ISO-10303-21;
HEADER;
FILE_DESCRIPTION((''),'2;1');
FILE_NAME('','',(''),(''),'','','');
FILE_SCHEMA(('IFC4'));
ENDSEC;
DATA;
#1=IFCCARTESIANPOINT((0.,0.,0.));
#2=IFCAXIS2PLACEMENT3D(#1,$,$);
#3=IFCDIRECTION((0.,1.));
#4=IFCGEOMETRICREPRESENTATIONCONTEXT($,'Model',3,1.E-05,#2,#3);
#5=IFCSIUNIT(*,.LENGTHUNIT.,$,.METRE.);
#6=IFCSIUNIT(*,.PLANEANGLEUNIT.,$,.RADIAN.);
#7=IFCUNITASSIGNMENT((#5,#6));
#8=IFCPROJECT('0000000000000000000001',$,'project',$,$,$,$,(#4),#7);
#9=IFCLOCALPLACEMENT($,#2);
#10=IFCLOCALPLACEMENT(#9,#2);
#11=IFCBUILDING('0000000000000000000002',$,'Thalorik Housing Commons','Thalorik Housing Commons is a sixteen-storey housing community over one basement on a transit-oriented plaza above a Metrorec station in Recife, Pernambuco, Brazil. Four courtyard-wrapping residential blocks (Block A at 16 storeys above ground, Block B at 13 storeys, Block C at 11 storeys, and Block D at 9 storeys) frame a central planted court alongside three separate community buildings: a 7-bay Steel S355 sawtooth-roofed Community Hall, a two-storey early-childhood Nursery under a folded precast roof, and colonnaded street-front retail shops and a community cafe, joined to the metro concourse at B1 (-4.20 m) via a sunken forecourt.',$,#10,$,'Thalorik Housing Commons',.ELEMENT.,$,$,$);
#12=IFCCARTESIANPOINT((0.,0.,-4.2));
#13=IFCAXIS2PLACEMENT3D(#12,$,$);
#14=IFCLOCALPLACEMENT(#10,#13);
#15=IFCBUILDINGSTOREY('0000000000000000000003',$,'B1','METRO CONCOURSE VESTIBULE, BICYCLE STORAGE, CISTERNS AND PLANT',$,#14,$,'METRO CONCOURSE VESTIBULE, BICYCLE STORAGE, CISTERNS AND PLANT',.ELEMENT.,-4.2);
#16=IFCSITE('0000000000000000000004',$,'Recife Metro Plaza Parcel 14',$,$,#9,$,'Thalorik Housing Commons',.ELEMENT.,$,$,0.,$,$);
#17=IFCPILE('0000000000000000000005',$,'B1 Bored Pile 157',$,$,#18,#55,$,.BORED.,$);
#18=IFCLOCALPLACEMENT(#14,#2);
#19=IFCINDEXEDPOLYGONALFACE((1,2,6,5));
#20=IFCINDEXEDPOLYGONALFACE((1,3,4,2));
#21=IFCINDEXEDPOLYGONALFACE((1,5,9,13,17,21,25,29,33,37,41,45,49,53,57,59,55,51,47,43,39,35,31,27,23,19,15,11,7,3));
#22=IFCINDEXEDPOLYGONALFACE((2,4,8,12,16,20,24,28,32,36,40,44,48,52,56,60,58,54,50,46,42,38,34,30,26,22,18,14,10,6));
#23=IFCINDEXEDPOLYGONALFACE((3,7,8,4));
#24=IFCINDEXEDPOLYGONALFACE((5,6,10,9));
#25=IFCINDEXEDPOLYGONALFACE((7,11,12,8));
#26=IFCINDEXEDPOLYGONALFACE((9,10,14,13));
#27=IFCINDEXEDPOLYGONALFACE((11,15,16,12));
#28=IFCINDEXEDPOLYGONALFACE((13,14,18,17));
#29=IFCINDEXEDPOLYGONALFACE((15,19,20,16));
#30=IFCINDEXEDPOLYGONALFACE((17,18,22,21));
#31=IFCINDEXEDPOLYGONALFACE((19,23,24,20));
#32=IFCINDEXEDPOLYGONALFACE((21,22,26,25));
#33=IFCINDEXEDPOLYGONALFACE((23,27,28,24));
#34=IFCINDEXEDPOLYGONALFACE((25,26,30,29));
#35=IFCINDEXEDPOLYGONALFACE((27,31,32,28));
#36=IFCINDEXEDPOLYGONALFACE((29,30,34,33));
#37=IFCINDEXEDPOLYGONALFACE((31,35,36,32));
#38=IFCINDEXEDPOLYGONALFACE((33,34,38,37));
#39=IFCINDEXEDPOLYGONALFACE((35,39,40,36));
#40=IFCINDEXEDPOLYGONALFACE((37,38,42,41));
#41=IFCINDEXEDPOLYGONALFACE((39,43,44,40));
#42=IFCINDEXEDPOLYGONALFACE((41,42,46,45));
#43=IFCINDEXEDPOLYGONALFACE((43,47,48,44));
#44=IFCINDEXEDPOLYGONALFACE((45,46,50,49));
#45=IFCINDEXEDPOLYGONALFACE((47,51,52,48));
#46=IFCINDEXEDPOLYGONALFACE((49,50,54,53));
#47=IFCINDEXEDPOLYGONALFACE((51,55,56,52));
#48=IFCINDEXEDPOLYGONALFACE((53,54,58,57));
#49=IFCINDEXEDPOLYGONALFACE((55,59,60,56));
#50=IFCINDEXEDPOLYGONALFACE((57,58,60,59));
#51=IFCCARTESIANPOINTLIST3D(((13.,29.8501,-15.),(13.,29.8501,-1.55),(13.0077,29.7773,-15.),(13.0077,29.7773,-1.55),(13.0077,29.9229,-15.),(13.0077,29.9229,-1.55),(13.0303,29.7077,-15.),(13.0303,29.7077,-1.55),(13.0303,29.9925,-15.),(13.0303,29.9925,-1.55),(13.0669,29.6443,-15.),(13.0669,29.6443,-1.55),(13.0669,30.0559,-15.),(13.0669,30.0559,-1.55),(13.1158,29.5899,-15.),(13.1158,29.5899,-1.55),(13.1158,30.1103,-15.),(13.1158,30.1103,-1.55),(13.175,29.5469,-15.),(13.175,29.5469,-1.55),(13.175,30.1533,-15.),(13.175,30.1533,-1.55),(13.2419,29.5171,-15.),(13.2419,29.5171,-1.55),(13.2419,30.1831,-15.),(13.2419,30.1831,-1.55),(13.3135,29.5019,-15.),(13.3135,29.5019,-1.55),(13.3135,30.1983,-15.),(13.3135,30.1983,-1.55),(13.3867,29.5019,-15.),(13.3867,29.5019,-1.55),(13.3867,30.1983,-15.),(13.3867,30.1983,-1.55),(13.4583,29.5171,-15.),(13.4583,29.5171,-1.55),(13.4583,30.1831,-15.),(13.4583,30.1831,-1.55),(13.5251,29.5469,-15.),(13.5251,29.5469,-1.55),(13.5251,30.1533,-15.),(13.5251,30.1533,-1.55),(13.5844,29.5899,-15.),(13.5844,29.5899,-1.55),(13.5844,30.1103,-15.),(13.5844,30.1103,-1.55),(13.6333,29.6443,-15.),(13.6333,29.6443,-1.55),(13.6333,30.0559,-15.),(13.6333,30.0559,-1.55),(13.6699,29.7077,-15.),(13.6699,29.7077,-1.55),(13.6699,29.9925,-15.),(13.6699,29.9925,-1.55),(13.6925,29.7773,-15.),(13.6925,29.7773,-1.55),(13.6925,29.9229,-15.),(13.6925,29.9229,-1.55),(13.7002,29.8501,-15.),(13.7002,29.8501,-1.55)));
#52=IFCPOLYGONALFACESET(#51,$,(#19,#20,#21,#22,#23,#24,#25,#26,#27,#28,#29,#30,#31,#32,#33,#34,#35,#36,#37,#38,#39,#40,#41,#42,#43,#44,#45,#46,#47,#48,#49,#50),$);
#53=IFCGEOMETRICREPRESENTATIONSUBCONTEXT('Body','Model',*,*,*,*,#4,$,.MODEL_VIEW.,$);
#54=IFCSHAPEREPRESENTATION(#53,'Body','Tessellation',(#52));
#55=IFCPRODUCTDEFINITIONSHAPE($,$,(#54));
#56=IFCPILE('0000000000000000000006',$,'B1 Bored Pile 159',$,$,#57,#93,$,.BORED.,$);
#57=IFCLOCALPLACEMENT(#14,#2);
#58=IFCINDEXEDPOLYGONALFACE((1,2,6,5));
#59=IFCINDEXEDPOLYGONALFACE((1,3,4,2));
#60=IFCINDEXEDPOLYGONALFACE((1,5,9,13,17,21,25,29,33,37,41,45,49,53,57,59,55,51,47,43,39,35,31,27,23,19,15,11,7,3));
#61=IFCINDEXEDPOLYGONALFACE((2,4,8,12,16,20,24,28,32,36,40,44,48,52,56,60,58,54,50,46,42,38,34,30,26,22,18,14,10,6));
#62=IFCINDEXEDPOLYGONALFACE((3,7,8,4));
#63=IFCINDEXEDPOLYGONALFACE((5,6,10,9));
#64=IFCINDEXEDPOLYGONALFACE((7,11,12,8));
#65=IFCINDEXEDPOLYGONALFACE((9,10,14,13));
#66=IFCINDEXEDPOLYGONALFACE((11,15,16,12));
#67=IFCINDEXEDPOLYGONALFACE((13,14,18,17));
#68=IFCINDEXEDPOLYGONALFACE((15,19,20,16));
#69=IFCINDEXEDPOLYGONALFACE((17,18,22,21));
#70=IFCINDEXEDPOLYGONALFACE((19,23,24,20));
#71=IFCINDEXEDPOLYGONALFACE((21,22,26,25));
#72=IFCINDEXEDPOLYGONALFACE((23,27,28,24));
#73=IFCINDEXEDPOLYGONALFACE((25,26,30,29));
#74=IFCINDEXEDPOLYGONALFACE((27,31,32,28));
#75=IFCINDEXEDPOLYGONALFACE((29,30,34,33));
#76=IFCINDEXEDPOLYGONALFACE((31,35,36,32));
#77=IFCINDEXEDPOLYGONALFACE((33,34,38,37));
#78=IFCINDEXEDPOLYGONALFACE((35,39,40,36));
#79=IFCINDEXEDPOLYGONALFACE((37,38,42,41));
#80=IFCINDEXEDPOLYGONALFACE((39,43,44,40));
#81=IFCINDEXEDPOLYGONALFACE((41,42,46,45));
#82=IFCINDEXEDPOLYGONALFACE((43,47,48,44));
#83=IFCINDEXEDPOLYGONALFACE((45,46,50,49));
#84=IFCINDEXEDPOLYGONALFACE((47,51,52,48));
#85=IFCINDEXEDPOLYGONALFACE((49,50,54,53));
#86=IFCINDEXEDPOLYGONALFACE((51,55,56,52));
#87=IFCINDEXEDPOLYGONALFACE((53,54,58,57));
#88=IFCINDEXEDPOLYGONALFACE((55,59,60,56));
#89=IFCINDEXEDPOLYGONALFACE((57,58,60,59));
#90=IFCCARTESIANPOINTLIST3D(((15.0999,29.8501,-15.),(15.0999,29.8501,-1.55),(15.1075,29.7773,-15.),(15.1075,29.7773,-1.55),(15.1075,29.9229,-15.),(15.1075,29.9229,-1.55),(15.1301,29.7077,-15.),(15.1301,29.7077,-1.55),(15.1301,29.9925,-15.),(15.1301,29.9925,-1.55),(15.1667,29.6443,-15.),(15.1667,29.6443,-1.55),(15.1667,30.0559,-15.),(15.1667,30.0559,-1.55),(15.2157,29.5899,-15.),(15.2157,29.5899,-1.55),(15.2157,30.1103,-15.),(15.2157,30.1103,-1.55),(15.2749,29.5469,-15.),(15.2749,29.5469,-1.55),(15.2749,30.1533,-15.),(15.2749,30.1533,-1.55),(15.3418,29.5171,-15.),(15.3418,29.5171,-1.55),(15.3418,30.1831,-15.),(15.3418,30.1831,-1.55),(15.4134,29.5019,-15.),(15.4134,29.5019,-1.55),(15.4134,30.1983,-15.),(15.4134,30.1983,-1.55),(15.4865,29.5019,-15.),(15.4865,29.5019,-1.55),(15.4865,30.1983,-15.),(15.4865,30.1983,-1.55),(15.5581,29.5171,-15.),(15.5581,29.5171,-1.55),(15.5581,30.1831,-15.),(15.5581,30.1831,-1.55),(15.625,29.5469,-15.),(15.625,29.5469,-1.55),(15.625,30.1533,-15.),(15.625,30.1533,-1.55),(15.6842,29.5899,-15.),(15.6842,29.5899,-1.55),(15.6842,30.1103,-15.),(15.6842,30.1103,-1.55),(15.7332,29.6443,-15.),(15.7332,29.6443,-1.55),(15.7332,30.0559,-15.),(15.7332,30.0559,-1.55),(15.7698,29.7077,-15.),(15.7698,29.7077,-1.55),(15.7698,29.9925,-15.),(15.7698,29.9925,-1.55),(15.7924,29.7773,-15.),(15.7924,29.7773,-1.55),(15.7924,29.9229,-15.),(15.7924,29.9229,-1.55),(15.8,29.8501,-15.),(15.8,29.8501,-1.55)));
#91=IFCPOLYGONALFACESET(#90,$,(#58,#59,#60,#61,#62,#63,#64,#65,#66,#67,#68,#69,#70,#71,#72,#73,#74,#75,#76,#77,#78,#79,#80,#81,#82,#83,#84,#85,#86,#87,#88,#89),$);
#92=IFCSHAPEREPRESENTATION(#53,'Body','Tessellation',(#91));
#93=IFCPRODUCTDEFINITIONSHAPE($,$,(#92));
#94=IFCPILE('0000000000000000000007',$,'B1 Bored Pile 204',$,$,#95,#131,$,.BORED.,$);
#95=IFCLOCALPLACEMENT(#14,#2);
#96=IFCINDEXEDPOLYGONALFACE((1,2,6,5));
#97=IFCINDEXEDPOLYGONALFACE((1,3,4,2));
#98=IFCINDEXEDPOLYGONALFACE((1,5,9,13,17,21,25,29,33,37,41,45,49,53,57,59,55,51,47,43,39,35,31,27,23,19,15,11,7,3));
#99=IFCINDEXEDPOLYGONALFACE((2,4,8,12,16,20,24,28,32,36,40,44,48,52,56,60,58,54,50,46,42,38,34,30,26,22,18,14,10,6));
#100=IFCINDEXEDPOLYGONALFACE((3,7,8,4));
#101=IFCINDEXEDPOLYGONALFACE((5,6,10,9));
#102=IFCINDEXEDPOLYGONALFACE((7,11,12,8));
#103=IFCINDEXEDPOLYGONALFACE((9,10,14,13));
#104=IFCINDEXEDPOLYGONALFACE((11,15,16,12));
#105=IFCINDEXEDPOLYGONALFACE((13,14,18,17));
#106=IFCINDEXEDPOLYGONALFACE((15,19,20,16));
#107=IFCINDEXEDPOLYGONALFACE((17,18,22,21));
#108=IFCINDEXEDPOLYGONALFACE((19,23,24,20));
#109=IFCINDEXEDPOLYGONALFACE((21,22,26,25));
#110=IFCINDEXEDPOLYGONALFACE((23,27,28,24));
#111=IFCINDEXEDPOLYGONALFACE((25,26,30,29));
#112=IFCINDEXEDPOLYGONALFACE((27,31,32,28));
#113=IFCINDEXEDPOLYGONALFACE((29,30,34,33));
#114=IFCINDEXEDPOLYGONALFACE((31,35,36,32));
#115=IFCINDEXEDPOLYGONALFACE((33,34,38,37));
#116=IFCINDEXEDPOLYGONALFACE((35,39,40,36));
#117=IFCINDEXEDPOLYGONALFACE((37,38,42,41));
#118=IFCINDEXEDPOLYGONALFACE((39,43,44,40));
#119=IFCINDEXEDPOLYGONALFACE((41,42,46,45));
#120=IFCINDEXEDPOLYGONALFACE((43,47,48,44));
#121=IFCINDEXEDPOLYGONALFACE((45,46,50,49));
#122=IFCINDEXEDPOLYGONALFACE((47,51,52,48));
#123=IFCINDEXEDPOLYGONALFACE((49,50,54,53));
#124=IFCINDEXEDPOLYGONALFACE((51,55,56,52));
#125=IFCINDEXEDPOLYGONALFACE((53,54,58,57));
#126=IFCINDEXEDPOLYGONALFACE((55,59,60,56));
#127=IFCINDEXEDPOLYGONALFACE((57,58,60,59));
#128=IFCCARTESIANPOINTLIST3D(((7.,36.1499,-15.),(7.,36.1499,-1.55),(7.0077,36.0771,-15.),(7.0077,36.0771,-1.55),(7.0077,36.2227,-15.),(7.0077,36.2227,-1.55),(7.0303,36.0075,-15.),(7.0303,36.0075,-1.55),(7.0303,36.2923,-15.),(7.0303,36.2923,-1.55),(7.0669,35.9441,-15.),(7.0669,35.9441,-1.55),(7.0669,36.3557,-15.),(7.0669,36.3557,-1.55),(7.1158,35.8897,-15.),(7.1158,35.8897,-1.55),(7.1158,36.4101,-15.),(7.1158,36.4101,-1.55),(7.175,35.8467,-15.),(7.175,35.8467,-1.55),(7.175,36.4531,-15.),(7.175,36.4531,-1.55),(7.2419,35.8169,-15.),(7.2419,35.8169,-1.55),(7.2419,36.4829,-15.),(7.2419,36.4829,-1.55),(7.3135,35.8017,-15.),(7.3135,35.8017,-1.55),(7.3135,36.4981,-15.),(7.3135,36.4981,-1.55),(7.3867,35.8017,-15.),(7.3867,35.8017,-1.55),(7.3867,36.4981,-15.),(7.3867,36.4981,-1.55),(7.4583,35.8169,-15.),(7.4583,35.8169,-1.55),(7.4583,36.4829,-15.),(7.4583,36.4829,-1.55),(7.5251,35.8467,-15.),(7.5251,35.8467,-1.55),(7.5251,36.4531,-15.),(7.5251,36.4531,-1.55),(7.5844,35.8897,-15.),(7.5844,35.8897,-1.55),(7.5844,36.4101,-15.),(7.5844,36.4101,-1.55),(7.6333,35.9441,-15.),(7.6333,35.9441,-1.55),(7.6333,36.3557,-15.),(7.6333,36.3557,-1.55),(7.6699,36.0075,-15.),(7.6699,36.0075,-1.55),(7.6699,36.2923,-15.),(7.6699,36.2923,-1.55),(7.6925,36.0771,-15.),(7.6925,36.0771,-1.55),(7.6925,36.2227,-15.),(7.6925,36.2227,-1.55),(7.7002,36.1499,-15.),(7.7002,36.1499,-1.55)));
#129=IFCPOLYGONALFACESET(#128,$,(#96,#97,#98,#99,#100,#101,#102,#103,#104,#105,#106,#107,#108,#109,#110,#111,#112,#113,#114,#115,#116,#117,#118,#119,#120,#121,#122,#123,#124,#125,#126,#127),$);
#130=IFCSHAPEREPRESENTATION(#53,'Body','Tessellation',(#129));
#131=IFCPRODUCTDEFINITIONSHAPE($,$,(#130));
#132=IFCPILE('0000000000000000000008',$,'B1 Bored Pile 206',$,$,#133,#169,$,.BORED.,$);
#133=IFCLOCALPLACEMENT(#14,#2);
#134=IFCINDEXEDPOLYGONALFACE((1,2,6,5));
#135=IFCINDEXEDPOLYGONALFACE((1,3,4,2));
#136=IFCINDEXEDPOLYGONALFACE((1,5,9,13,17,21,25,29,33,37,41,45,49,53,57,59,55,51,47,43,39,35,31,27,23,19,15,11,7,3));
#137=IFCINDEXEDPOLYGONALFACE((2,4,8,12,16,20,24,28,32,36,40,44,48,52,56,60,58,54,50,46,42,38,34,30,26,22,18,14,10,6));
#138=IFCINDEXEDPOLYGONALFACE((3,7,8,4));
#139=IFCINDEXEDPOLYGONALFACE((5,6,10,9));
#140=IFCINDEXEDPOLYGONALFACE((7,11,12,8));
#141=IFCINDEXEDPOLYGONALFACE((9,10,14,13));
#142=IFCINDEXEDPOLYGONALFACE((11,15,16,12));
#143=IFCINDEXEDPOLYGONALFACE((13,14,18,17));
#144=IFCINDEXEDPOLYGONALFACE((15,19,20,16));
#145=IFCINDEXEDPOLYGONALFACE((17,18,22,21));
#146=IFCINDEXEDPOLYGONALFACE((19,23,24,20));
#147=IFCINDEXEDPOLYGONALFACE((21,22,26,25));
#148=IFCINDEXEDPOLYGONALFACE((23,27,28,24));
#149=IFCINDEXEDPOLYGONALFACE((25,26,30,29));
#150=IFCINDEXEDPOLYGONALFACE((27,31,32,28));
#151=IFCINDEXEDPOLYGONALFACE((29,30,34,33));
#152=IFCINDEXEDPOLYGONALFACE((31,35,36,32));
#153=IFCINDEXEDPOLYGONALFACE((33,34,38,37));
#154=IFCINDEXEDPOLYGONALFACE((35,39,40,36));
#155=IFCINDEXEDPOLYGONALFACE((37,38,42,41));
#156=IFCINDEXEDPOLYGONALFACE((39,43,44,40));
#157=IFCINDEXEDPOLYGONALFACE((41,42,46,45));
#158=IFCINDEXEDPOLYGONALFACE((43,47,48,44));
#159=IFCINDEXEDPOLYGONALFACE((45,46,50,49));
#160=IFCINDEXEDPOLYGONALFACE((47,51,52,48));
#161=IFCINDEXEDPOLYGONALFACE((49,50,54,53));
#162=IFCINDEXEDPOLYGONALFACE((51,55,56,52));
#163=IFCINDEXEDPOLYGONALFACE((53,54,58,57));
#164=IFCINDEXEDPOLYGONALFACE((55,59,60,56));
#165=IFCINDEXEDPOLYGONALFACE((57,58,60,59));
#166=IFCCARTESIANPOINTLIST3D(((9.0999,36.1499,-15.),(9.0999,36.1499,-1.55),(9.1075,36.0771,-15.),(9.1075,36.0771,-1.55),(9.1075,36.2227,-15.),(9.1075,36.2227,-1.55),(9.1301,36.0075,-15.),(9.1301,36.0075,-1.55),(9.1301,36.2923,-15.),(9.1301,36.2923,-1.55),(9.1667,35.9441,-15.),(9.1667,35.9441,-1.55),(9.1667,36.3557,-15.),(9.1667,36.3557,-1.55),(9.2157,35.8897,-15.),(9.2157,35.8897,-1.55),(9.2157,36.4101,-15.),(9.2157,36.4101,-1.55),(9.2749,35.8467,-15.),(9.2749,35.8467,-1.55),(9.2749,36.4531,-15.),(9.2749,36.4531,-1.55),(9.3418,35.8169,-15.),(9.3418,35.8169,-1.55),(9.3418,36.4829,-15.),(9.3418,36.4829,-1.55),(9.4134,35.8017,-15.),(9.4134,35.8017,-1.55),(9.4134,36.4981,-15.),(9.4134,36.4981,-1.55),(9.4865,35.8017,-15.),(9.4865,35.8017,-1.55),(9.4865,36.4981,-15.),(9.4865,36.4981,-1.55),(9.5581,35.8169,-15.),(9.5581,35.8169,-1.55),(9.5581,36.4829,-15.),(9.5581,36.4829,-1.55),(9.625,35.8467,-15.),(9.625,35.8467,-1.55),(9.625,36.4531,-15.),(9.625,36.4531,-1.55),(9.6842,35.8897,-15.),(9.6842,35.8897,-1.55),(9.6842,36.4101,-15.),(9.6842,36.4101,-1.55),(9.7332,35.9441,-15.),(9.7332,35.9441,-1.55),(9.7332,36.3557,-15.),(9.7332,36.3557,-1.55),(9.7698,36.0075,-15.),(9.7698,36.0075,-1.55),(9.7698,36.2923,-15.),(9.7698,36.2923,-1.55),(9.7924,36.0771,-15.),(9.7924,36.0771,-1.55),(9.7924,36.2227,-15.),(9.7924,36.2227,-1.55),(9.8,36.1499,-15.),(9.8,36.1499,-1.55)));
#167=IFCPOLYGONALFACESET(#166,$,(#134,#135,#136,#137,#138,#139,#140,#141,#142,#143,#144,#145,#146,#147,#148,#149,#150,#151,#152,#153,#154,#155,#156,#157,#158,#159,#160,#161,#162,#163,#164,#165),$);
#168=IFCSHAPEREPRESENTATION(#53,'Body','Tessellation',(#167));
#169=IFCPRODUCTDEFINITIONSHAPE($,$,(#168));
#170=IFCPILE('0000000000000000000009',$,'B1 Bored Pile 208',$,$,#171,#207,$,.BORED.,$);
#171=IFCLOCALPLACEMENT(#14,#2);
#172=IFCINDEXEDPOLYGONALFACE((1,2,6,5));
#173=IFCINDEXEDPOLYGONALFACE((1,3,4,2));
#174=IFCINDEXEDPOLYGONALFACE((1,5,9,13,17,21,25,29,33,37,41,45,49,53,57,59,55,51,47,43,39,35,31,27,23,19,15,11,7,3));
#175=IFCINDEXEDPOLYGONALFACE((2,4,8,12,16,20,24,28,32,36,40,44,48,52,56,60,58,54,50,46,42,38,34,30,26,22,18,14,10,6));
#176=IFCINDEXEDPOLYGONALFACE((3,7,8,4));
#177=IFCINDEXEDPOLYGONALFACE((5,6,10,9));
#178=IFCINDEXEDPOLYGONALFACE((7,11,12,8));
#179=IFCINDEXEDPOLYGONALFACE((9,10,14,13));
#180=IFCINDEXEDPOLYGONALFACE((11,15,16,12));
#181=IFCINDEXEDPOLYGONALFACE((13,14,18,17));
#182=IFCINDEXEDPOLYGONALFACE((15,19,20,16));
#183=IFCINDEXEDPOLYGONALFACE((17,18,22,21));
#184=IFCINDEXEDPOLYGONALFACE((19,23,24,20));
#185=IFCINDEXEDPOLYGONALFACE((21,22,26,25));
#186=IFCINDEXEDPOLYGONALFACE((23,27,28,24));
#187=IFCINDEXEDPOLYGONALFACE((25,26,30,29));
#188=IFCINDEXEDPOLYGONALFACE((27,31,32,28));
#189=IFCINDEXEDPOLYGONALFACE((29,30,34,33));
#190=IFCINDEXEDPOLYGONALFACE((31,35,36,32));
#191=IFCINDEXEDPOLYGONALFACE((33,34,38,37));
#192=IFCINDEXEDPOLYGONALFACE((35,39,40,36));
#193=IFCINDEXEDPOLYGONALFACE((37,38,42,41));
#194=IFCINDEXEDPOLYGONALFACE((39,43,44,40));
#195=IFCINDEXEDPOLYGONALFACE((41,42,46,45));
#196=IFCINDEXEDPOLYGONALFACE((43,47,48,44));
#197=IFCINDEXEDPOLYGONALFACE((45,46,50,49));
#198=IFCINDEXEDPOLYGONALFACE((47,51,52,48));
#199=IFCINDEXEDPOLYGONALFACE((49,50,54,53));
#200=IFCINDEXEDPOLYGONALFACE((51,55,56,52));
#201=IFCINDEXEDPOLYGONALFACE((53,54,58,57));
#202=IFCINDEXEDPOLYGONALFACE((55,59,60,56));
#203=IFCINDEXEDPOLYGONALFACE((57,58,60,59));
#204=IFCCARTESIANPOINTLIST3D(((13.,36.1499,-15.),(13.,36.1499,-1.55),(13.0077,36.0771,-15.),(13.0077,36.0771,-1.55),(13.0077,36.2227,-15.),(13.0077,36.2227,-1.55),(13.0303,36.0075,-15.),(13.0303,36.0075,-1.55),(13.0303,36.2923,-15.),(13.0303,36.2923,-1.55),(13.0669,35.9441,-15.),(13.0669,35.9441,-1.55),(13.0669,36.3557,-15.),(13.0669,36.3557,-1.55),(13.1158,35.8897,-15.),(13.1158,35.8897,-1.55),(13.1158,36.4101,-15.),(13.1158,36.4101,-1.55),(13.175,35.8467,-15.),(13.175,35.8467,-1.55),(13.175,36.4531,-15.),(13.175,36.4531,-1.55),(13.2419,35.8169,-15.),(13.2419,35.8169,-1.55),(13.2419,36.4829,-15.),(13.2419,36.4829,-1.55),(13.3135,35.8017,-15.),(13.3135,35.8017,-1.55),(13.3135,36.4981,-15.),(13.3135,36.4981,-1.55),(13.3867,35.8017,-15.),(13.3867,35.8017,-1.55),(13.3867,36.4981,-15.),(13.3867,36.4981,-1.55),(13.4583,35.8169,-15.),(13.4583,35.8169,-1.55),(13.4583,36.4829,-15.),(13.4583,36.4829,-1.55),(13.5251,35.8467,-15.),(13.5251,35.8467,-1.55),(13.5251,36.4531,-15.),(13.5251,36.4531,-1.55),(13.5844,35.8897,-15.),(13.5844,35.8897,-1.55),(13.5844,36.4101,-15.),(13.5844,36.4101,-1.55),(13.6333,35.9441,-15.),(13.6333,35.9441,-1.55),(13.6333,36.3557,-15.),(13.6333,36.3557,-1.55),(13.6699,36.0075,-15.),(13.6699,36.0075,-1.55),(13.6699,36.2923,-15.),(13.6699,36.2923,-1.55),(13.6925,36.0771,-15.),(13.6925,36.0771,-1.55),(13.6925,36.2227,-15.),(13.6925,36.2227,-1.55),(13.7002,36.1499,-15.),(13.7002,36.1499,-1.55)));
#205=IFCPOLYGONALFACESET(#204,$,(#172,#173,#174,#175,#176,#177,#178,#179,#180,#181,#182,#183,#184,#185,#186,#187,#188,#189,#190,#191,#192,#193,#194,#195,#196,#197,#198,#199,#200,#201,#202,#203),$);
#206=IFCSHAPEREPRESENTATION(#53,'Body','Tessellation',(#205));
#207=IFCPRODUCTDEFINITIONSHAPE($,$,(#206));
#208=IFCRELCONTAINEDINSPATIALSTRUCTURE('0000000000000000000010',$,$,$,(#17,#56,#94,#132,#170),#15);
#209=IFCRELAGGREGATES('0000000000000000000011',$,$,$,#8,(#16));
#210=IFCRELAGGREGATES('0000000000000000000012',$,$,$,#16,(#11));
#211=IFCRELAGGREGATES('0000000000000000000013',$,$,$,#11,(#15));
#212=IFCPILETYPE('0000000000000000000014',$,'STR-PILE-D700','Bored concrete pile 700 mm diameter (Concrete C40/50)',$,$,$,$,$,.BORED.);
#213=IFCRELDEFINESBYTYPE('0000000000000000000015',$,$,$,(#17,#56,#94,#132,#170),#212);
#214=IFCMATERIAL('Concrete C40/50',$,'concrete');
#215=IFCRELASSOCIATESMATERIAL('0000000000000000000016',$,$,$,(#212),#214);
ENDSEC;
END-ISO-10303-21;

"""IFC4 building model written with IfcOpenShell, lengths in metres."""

from ifc_helpers import new_model, si_unit, direction, frame, origin, origin_2d, place, context, subcontext, project, spatial, circle, extrude, material, material_profile, profile_set, type_object, element, save


model = new_model("IFC4")

# Units and contexts
model_context = context("Model", 3, precision=1e-05, world=origin(), true_north=direction((0.0, 1.0)))
body_context = subcontext(model_context, "Body", "Model", "MODEL_VIEW")
ifc_project = project(units=[si_unit("LENGTHUNIT", "METRE"), si_unit("PLANEANGLEUNIT", "RADIAN")], contexts=[model_context])

# Site, building, storey
site_placement = place(None, origin())
site = spatial("IfcSite", under=ifc_project, at=site_placement, Name="Recife Metro Plaza Parcel 14", LongName="Thalorik Housing Commons", CompositionType="ELEMENT", RefElevation=0.0)
building_placement = place(site_placement, origin())
building = spatial("IfcBuilding", under=site, at=building_placement, Name="Thalorik Housing Commons", Description="Thalorik Housing Commons is a sixteen-storey housing community over one basement on a transit-oriented plaza above a Metrorec station in Recife, Pernambuco, Brazil. Four courtyard-wrapping residential blocks (Block A at 16 storeys above ground, Block B at 13 storeys, Block C at 11 storeys, and Block D at 9 storeys) frame a central planted court alongside three separate community buildings: a 7-bay Steel S355 sawtooth-roofed Community Hall, a two-storey early-childhood Nursery under a folded precast roof, and colonnaded street-front retail shops and a community cafe, joined to the metro concourse at B1 (-4.20 m) via a sunken forecourt.", LongName="Thalorik Housing Commons", CompositionType="ELEMENT")
storey_placement = place(building_placement, frame((0.0, 0.0, -4.2)))
storey = spatial("IfcBuildingStorey", under=building, at=storey_placement, Name="B1", Description="METRO CONCOURSE VESTIBULE, BICYCLE STORAGE, CISTERNS AND PLANT", LongName="METRO CONCOURSE VESTIBULE, BICYCLE STORAGE, CISTERNS AND PLANT", CompositionType="ELEMENT", Elevation=-4.2)

# Shared definitions
ifc_material_1 = material(Name="Concrete C40/50", Category="concrete")

# Piles
ifc_material_profile_1 = material_profile(ifc_material_1, circle(Radius=0.3501, at=origin_2d()), Name="BORED PILE D700", Category="concrete")
ifc_profile_set_1 = profile_set([ifc_material_profile_1], Name="Concrete C40/50")
pile_type = type_object("IfcPileType", Name="STR-PILE-D700", Description="Bored concrete pile 700 mm diameter (Concrete C40/50)", PredefinedType="BORED", material=ifc_profile_set_1)
for number, where, z_axis, x_axis, name in (
    (1, (13.3501, 29.8501, -1.55), (0.0, 0.0, -1.0), (1.0, 0.0, 0.0), "B1 Bored Pile 157"),
    (2, (15.45, 29.8501, -1.55), (0.0, 0.0, -1.0), (1.0, 0.0, 0.0), "B1 Bored Pile 159"),
    (3, (7.3501, 36.1499, -1.55), (0.0, 0.0, -1.0), (1.0, 0.0, 0.0), "B1 Bored Pile 204"),
    (4, (9.45, 36.1499, -1.55), (0.0, 0.0, -1.0), (1.0, 0.0, 0.0), "B1 Bored Pile 206"),
    (5, (13.3501, 36.1499, -1.55), (0.0, 0.0, -1.0), (1.0, 0.0, 0.0), "B1 Bored Pile 208"),
):
    element("IfcPile", number, at=place(storey_placement, frame(where, z_axis=z_axis, x_axis=x_axis)), inside=storey, type_object=pile_type, Name=name, PredefinedType="BORED", context=body_context, shape_type="SweptSolid", body=[
        extrude(circle(Radius=0.3501, at=origin_2d()), origin(), (0.0, 0.0, 1.0), 13.45),
    ])

save(model, "model.ifc")
